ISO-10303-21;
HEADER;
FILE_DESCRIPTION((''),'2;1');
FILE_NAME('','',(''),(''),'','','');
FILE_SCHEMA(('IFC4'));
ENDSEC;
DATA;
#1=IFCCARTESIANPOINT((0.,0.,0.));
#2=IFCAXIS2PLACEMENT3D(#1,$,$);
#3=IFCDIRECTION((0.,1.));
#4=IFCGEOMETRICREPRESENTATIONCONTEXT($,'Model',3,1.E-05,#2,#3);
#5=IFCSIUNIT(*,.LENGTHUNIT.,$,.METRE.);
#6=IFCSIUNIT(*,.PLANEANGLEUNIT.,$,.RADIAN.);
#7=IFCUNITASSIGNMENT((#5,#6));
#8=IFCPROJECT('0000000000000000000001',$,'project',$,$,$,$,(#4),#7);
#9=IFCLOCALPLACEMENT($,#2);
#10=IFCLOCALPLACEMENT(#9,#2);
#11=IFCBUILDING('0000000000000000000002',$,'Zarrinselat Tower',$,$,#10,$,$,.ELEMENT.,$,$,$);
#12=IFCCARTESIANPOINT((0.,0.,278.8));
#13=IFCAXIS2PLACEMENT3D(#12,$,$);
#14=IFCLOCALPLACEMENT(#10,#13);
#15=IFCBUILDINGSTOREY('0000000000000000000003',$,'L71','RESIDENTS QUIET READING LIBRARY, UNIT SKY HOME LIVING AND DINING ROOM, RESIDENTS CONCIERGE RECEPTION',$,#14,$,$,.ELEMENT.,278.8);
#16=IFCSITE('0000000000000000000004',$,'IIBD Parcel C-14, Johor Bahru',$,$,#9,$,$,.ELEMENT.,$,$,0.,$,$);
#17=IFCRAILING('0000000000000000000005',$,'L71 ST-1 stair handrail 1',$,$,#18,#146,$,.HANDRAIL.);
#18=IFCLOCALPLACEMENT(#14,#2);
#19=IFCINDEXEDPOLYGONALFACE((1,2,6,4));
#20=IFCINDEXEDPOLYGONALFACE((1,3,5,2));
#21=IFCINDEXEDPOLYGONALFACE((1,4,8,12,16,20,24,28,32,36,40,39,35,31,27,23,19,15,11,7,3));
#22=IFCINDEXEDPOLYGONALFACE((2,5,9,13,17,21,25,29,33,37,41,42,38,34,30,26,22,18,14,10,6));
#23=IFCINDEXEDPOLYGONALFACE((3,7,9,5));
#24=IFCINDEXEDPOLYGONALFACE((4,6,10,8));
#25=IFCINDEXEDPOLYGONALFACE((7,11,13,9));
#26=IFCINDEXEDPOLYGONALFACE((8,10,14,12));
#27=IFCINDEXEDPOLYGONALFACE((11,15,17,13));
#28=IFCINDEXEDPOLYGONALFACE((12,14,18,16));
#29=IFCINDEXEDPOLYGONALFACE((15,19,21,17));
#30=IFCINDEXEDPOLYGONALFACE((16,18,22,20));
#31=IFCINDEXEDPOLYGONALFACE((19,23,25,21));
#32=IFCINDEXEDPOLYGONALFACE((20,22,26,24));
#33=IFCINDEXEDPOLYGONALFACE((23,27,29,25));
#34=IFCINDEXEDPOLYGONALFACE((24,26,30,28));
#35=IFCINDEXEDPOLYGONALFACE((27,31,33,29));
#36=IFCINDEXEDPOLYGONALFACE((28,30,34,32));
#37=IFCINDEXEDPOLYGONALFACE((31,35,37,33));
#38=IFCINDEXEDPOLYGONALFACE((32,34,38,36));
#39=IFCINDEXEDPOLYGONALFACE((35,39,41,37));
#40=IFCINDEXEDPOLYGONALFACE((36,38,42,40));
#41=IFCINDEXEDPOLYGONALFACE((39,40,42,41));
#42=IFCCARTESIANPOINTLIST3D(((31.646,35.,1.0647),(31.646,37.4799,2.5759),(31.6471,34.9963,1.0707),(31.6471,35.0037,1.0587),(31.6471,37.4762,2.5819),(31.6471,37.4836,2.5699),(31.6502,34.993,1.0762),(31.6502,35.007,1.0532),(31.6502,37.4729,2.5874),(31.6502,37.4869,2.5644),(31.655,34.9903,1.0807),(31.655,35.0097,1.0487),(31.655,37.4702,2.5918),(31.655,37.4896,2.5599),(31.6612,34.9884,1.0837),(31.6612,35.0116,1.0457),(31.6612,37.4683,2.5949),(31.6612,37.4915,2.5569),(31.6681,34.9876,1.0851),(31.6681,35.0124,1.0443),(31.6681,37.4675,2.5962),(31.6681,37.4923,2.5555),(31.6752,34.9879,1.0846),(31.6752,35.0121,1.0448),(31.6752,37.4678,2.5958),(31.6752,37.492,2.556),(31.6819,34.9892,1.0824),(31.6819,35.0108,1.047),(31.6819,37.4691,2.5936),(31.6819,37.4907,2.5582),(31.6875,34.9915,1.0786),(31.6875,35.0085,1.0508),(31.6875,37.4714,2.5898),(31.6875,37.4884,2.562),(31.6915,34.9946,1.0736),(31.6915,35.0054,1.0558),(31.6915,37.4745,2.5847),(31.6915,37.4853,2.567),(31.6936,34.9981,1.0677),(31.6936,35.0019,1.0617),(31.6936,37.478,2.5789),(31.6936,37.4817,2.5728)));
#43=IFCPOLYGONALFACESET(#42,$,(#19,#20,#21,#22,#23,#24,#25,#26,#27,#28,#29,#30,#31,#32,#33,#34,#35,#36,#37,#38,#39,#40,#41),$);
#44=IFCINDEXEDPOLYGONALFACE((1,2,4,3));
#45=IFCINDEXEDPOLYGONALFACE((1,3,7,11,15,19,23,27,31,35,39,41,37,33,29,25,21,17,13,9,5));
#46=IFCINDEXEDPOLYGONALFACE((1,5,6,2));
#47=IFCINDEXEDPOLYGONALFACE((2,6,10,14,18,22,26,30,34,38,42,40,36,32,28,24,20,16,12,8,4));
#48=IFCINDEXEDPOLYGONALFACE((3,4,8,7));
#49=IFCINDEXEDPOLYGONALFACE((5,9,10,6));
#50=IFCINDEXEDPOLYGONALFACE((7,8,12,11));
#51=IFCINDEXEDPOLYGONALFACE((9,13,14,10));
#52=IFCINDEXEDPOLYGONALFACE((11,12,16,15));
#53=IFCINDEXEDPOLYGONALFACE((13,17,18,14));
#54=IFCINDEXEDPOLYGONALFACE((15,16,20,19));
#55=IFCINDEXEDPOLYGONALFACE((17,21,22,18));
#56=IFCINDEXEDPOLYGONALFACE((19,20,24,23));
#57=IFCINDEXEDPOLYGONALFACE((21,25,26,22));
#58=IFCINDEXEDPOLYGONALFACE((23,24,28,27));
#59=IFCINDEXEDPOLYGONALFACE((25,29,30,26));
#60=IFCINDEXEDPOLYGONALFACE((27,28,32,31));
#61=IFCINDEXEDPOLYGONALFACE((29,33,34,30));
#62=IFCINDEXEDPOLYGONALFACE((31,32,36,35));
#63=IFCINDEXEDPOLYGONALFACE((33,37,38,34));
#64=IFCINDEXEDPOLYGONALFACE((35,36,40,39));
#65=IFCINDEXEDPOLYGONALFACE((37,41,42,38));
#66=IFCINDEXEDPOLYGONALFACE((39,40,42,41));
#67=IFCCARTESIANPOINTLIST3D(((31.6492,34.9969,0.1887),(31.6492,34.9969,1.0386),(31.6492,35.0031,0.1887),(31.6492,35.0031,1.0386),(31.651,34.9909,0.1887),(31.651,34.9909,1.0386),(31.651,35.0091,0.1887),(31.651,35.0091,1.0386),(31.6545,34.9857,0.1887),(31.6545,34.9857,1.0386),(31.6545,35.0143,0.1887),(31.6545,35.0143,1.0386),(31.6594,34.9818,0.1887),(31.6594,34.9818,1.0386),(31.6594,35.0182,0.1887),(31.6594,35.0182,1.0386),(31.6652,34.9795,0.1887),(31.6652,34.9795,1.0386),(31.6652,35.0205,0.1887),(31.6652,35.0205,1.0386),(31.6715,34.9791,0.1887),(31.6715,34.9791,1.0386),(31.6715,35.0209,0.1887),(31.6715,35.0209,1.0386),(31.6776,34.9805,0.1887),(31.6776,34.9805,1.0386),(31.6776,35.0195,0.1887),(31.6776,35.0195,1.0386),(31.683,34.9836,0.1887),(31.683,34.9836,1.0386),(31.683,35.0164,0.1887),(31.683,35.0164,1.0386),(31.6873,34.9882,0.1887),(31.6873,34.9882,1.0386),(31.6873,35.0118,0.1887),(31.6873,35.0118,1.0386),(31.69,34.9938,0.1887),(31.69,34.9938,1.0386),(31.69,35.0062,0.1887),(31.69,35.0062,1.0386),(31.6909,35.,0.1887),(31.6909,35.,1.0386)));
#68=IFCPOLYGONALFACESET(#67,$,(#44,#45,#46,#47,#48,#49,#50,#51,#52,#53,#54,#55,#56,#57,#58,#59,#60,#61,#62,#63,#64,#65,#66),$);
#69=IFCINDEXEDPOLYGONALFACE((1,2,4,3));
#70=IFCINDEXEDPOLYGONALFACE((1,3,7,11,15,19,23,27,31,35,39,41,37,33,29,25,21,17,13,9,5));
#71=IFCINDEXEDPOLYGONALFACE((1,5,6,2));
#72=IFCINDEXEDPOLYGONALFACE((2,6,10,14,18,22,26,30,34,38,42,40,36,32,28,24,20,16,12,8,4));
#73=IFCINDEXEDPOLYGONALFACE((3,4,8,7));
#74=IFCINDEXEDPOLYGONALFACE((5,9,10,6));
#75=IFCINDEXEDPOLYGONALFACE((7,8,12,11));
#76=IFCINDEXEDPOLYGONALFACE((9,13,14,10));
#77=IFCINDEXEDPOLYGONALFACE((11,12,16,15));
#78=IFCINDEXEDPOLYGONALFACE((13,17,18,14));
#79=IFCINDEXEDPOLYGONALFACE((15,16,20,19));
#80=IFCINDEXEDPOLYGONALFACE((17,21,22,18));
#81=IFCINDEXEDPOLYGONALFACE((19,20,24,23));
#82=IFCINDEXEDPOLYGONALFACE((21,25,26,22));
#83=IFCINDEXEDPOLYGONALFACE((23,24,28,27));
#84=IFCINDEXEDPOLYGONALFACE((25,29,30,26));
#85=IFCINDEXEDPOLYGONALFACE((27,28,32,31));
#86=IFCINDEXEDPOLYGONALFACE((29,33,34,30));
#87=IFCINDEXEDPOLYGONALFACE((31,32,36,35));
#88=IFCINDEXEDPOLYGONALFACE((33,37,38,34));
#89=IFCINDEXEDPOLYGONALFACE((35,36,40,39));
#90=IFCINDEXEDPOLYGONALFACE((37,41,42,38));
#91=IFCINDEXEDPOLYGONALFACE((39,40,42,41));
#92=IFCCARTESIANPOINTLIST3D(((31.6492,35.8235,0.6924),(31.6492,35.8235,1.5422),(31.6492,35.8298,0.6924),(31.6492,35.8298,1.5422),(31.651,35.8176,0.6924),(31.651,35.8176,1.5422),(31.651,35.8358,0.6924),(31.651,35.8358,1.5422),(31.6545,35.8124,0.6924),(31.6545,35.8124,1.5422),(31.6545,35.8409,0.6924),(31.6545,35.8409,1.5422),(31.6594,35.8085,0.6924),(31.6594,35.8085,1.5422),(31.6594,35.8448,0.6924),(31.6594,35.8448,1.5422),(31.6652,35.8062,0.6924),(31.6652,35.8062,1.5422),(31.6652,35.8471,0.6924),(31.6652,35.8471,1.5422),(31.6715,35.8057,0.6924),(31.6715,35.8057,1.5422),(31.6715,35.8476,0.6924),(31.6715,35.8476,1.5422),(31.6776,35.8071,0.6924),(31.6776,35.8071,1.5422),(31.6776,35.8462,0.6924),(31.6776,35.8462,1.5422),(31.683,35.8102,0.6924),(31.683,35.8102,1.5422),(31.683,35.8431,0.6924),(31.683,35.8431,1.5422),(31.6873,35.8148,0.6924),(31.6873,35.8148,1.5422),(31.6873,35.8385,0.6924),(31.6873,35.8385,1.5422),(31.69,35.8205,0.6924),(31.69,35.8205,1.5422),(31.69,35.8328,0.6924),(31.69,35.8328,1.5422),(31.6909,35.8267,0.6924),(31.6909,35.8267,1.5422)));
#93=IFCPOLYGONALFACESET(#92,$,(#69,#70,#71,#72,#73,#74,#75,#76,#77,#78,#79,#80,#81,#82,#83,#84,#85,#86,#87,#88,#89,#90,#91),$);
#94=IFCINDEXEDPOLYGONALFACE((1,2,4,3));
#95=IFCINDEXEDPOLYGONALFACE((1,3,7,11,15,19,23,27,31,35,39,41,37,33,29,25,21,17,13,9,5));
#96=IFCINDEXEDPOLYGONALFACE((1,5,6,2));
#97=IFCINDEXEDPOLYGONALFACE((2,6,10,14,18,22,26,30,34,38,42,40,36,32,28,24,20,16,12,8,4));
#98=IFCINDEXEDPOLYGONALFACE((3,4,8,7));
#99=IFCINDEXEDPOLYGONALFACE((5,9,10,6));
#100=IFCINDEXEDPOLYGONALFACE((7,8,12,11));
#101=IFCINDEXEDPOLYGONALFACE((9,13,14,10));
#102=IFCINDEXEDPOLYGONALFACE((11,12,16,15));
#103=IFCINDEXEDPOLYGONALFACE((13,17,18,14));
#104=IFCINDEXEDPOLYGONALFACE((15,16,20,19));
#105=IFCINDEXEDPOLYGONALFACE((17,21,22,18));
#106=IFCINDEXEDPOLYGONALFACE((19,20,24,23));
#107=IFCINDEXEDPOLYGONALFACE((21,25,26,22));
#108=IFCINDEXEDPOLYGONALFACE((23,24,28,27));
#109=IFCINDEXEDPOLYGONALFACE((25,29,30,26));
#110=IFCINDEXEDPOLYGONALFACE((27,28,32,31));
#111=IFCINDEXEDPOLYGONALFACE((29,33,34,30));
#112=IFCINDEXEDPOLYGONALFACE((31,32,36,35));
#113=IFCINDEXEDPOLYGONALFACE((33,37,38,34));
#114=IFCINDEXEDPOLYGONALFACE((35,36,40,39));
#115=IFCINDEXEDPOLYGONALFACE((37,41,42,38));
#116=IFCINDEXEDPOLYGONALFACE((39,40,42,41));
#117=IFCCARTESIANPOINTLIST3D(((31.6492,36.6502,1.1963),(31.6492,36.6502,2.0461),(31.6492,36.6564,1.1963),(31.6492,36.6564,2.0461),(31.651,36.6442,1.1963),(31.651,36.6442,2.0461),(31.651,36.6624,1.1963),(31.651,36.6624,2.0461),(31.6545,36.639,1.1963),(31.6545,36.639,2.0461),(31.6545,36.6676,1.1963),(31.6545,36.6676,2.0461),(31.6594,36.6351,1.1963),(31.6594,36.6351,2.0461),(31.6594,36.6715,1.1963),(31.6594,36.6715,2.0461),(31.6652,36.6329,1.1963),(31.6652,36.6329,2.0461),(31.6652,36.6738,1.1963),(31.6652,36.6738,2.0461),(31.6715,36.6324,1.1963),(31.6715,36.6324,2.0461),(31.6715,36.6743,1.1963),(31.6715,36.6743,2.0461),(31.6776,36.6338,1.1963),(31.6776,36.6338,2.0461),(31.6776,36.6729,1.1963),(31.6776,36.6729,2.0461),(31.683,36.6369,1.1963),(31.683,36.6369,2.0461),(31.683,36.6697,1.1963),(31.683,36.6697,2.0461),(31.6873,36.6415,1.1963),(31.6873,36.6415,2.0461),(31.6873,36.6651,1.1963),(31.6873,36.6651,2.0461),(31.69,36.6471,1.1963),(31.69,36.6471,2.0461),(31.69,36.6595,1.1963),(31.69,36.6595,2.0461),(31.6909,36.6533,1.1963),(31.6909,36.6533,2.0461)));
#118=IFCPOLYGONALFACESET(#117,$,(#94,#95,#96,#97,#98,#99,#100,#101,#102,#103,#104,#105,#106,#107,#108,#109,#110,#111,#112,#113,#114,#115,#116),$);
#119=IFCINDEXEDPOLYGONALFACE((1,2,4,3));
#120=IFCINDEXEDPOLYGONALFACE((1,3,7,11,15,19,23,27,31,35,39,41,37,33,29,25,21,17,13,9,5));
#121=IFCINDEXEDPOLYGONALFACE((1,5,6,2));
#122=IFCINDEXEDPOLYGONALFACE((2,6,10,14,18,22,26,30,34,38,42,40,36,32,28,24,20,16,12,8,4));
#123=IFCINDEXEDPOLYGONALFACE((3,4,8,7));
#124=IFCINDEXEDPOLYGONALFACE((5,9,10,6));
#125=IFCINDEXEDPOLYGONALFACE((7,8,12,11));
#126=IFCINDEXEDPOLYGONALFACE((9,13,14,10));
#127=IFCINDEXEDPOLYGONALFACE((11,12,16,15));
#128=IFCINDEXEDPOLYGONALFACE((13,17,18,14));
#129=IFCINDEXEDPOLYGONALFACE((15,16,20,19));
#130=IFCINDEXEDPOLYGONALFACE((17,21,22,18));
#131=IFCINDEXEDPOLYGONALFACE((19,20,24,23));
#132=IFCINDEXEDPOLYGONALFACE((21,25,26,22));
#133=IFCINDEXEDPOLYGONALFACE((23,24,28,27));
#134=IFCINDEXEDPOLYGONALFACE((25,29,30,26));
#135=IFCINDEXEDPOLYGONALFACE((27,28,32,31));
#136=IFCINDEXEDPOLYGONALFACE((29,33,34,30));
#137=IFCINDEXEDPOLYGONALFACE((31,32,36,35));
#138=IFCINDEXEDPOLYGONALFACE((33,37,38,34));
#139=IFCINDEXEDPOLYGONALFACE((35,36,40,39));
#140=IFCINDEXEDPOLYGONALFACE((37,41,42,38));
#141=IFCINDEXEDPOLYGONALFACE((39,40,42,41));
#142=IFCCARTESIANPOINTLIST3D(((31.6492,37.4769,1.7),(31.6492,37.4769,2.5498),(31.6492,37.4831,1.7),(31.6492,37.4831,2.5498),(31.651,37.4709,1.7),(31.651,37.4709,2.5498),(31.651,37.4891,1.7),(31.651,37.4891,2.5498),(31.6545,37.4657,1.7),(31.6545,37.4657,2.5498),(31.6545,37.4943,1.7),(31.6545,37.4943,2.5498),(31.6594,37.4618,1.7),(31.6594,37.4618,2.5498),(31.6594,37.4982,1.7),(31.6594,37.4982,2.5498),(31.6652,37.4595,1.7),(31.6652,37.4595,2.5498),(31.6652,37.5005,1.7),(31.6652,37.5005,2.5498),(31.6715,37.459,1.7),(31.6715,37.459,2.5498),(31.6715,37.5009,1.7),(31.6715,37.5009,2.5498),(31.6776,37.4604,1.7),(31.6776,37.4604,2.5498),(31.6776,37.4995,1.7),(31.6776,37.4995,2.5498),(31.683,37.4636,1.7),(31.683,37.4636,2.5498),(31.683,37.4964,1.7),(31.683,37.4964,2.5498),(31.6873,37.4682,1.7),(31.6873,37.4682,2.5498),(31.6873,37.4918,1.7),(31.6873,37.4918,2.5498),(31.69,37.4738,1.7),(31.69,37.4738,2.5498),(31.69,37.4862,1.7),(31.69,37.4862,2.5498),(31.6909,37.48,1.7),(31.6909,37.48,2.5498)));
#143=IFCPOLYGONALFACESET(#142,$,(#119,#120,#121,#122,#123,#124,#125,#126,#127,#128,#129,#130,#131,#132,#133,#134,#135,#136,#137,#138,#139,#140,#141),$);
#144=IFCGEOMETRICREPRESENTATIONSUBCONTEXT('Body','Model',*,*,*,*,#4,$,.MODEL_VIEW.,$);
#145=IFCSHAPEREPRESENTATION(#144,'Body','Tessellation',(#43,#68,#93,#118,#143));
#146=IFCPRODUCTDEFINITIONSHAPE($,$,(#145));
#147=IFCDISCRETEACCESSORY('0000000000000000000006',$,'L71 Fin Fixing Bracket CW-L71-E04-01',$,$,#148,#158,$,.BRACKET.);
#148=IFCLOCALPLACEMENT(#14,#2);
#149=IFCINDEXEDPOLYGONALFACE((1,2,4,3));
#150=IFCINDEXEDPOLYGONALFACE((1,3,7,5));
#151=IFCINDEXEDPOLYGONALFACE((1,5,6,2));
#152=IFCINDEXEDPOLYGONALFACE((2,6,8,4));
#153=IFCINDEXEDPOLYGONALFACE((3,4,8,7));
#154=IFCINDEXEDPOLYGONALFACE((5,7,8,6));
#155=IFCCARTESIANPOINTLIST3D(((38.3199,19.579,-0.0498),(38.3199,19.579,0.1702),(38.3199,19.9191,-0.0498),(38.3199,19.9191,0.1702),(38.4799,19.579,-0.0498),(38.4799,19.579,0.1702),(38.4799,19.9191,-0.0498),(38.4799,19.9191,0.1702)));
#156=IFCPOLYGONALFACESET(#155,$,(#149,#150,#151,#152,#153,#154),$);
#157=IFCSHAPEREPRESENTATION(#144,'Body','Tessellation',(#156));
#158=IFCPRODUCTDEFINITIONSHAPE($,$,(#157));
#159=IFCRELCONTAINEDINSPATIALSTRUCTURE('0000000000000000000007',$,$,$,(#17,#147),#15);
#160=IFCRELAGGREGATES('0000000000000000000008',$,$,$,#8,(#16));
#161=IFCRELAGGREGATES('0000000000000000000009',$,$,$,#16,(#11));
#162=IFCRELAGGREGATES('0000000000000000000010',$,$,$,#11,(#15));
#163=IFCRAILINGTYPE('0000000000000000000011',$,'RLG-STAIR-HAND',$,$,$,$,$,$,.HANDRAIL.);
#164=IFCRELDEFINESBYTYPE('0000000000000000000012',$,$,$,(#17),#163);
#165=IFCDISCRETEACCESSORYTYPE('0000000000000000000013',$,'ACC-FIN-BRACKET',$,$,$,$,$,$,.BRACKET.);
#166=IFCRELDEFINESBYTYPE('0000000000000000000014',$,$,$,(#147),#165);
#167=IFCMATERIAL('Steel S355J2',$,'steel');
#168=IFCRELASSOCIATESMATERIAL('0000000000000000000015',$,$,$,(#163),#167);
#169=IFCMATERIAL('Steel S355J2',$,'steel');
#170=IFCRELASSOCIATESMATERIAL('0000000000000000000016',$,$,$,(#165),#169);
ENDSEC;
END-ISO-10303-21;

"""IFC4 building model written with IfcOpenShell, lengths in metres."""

from ifc_helpers import new_model, si_unit, direction, frame, origin, origin_2d, place, context, subcontext, project, spatial, rectangle, circle, extrude, material, type_object, element, save


model = new_model("IFC4")

# Units and contexts
model_context = context("Model", 3, precision=1e-05, world=origin(), true_north=direction((0.0, 1.0)))
body_context = subcontext(model_context, "Body", "Model", "MODEL_VIEW")
ifc_project = project(units=[si_unit("LENGTHUNIT", "METRE"), si_unit("PLANEANGLEUNIT", "RADIAN")], contexts=[model_context])

# Site, building, storey
site_placement = place(None, origin())
site = spatial("IfcSite", under=ifc_project, at=site_placement, Name="IIBD Parcel C-14, Johor Bahru", CompositionType="ELEMENT", RefElevation=0.0)
building_placement = place(site_placement, origin())
building = spatial("IfcBuilding", under=site, at=building_placement, Name="Zarrinselat Tower", CompositionType="ELEMENT")
storey_placement = place(building_placement, frame((0.0, 0.0, 278.8)))
storey = spatial("IfcBuildingStorey", under=building, at=storey_placement, Name="L71", Description="RESIDENTS QUIET READING LIBRARY, UNIT SKY HOME LIVING AND DINING ROOM, RESIDENTS CONCIERGE RECEPTION", CompositionType="ELEMENT", Elevation=278.8)

# Railing
ifc_material_1 = material(Name="Steel S355J2", Category="steel")
railing_type_1 = type_object("IfcRailingType", Name="RLG-STAIR-HAND", PredefinedType="HANDRAIL", material=ifc_material_1)
railing_1_placement = place(storey_placement, frame((31.6699, 35.0, 0.1887)))
element("IfcRailing", 1, at=railing_1_placement, inside=storey, type_object=railing_type_1, Name="L71 ST-1 stair handrail 1", PredefinedType="HANDRAIL", context=body_context, shape_type="SweptSolid", body=[
    extrude(circle(Radius=0.0239, at=origin_2d()), frame((0.0, 0.0, 0.876), z_axis=(0.0, 0.853942, 0.520368), x_axis=(-1.0, 0.0, 0.0)), (0.0, 0.0, 1.0), 2.9041),
    extrude(circle(Radius=0.021, at=origin_2d()), origin(), (0.0, 0.0, 1.0), 0.8499),
    extrude(circle(Radius=0.021, at=origin_2d()), frame((0.0, 0.8267, 0.5037)), (0.0, 0.0, 1.0), 0.8499),
    extrude(circle(Radius=0.021, at=origin_2d()), frame((0.0, 1.6533, 1.0076)), (0.0, 0.0, 1.0), 0.8499),
    extrude(circle(Radius=0.021, at=origin_2d()), frame((0.0, 2.48, 1.5112)), (0.0, 0.0, 1.0), 0.8499),
])

# Discrete accessory
ifc_material_2 = material(Name="Steel S355J2", Category="steel")
discrete_accessory_type = type_object("IfcDiscreteAccessoryType", Name="ACC-FIN-BRACKET", PredefinedType="BRACKET", material=ifc_material_2)
discrete_accessory_placement = place(storey_placement, frame((38.3999, 19.749, -0.0498), z_axis=(0.0, 0.0, 1.0), x_axis=(0.0, -1.0, 0.0)))
element("IfcDiscreteAccessory", 2, at=discrete_accessory_placement, inside=storey, type_object=discrete_accessory_type, Name="L71 Fin Fixing Bracket CW-L71-E04-01", PredefinedType="BRACKET", context=body_context, shape_type="SweptSolid", body=[
    extrude(rectangle(XDim=0.3401, YDim=0.1599, at=origin_2d()), origin(), (0.0, 0.0, 1.0), 0.22),
])

save(model, "model.ifc")
